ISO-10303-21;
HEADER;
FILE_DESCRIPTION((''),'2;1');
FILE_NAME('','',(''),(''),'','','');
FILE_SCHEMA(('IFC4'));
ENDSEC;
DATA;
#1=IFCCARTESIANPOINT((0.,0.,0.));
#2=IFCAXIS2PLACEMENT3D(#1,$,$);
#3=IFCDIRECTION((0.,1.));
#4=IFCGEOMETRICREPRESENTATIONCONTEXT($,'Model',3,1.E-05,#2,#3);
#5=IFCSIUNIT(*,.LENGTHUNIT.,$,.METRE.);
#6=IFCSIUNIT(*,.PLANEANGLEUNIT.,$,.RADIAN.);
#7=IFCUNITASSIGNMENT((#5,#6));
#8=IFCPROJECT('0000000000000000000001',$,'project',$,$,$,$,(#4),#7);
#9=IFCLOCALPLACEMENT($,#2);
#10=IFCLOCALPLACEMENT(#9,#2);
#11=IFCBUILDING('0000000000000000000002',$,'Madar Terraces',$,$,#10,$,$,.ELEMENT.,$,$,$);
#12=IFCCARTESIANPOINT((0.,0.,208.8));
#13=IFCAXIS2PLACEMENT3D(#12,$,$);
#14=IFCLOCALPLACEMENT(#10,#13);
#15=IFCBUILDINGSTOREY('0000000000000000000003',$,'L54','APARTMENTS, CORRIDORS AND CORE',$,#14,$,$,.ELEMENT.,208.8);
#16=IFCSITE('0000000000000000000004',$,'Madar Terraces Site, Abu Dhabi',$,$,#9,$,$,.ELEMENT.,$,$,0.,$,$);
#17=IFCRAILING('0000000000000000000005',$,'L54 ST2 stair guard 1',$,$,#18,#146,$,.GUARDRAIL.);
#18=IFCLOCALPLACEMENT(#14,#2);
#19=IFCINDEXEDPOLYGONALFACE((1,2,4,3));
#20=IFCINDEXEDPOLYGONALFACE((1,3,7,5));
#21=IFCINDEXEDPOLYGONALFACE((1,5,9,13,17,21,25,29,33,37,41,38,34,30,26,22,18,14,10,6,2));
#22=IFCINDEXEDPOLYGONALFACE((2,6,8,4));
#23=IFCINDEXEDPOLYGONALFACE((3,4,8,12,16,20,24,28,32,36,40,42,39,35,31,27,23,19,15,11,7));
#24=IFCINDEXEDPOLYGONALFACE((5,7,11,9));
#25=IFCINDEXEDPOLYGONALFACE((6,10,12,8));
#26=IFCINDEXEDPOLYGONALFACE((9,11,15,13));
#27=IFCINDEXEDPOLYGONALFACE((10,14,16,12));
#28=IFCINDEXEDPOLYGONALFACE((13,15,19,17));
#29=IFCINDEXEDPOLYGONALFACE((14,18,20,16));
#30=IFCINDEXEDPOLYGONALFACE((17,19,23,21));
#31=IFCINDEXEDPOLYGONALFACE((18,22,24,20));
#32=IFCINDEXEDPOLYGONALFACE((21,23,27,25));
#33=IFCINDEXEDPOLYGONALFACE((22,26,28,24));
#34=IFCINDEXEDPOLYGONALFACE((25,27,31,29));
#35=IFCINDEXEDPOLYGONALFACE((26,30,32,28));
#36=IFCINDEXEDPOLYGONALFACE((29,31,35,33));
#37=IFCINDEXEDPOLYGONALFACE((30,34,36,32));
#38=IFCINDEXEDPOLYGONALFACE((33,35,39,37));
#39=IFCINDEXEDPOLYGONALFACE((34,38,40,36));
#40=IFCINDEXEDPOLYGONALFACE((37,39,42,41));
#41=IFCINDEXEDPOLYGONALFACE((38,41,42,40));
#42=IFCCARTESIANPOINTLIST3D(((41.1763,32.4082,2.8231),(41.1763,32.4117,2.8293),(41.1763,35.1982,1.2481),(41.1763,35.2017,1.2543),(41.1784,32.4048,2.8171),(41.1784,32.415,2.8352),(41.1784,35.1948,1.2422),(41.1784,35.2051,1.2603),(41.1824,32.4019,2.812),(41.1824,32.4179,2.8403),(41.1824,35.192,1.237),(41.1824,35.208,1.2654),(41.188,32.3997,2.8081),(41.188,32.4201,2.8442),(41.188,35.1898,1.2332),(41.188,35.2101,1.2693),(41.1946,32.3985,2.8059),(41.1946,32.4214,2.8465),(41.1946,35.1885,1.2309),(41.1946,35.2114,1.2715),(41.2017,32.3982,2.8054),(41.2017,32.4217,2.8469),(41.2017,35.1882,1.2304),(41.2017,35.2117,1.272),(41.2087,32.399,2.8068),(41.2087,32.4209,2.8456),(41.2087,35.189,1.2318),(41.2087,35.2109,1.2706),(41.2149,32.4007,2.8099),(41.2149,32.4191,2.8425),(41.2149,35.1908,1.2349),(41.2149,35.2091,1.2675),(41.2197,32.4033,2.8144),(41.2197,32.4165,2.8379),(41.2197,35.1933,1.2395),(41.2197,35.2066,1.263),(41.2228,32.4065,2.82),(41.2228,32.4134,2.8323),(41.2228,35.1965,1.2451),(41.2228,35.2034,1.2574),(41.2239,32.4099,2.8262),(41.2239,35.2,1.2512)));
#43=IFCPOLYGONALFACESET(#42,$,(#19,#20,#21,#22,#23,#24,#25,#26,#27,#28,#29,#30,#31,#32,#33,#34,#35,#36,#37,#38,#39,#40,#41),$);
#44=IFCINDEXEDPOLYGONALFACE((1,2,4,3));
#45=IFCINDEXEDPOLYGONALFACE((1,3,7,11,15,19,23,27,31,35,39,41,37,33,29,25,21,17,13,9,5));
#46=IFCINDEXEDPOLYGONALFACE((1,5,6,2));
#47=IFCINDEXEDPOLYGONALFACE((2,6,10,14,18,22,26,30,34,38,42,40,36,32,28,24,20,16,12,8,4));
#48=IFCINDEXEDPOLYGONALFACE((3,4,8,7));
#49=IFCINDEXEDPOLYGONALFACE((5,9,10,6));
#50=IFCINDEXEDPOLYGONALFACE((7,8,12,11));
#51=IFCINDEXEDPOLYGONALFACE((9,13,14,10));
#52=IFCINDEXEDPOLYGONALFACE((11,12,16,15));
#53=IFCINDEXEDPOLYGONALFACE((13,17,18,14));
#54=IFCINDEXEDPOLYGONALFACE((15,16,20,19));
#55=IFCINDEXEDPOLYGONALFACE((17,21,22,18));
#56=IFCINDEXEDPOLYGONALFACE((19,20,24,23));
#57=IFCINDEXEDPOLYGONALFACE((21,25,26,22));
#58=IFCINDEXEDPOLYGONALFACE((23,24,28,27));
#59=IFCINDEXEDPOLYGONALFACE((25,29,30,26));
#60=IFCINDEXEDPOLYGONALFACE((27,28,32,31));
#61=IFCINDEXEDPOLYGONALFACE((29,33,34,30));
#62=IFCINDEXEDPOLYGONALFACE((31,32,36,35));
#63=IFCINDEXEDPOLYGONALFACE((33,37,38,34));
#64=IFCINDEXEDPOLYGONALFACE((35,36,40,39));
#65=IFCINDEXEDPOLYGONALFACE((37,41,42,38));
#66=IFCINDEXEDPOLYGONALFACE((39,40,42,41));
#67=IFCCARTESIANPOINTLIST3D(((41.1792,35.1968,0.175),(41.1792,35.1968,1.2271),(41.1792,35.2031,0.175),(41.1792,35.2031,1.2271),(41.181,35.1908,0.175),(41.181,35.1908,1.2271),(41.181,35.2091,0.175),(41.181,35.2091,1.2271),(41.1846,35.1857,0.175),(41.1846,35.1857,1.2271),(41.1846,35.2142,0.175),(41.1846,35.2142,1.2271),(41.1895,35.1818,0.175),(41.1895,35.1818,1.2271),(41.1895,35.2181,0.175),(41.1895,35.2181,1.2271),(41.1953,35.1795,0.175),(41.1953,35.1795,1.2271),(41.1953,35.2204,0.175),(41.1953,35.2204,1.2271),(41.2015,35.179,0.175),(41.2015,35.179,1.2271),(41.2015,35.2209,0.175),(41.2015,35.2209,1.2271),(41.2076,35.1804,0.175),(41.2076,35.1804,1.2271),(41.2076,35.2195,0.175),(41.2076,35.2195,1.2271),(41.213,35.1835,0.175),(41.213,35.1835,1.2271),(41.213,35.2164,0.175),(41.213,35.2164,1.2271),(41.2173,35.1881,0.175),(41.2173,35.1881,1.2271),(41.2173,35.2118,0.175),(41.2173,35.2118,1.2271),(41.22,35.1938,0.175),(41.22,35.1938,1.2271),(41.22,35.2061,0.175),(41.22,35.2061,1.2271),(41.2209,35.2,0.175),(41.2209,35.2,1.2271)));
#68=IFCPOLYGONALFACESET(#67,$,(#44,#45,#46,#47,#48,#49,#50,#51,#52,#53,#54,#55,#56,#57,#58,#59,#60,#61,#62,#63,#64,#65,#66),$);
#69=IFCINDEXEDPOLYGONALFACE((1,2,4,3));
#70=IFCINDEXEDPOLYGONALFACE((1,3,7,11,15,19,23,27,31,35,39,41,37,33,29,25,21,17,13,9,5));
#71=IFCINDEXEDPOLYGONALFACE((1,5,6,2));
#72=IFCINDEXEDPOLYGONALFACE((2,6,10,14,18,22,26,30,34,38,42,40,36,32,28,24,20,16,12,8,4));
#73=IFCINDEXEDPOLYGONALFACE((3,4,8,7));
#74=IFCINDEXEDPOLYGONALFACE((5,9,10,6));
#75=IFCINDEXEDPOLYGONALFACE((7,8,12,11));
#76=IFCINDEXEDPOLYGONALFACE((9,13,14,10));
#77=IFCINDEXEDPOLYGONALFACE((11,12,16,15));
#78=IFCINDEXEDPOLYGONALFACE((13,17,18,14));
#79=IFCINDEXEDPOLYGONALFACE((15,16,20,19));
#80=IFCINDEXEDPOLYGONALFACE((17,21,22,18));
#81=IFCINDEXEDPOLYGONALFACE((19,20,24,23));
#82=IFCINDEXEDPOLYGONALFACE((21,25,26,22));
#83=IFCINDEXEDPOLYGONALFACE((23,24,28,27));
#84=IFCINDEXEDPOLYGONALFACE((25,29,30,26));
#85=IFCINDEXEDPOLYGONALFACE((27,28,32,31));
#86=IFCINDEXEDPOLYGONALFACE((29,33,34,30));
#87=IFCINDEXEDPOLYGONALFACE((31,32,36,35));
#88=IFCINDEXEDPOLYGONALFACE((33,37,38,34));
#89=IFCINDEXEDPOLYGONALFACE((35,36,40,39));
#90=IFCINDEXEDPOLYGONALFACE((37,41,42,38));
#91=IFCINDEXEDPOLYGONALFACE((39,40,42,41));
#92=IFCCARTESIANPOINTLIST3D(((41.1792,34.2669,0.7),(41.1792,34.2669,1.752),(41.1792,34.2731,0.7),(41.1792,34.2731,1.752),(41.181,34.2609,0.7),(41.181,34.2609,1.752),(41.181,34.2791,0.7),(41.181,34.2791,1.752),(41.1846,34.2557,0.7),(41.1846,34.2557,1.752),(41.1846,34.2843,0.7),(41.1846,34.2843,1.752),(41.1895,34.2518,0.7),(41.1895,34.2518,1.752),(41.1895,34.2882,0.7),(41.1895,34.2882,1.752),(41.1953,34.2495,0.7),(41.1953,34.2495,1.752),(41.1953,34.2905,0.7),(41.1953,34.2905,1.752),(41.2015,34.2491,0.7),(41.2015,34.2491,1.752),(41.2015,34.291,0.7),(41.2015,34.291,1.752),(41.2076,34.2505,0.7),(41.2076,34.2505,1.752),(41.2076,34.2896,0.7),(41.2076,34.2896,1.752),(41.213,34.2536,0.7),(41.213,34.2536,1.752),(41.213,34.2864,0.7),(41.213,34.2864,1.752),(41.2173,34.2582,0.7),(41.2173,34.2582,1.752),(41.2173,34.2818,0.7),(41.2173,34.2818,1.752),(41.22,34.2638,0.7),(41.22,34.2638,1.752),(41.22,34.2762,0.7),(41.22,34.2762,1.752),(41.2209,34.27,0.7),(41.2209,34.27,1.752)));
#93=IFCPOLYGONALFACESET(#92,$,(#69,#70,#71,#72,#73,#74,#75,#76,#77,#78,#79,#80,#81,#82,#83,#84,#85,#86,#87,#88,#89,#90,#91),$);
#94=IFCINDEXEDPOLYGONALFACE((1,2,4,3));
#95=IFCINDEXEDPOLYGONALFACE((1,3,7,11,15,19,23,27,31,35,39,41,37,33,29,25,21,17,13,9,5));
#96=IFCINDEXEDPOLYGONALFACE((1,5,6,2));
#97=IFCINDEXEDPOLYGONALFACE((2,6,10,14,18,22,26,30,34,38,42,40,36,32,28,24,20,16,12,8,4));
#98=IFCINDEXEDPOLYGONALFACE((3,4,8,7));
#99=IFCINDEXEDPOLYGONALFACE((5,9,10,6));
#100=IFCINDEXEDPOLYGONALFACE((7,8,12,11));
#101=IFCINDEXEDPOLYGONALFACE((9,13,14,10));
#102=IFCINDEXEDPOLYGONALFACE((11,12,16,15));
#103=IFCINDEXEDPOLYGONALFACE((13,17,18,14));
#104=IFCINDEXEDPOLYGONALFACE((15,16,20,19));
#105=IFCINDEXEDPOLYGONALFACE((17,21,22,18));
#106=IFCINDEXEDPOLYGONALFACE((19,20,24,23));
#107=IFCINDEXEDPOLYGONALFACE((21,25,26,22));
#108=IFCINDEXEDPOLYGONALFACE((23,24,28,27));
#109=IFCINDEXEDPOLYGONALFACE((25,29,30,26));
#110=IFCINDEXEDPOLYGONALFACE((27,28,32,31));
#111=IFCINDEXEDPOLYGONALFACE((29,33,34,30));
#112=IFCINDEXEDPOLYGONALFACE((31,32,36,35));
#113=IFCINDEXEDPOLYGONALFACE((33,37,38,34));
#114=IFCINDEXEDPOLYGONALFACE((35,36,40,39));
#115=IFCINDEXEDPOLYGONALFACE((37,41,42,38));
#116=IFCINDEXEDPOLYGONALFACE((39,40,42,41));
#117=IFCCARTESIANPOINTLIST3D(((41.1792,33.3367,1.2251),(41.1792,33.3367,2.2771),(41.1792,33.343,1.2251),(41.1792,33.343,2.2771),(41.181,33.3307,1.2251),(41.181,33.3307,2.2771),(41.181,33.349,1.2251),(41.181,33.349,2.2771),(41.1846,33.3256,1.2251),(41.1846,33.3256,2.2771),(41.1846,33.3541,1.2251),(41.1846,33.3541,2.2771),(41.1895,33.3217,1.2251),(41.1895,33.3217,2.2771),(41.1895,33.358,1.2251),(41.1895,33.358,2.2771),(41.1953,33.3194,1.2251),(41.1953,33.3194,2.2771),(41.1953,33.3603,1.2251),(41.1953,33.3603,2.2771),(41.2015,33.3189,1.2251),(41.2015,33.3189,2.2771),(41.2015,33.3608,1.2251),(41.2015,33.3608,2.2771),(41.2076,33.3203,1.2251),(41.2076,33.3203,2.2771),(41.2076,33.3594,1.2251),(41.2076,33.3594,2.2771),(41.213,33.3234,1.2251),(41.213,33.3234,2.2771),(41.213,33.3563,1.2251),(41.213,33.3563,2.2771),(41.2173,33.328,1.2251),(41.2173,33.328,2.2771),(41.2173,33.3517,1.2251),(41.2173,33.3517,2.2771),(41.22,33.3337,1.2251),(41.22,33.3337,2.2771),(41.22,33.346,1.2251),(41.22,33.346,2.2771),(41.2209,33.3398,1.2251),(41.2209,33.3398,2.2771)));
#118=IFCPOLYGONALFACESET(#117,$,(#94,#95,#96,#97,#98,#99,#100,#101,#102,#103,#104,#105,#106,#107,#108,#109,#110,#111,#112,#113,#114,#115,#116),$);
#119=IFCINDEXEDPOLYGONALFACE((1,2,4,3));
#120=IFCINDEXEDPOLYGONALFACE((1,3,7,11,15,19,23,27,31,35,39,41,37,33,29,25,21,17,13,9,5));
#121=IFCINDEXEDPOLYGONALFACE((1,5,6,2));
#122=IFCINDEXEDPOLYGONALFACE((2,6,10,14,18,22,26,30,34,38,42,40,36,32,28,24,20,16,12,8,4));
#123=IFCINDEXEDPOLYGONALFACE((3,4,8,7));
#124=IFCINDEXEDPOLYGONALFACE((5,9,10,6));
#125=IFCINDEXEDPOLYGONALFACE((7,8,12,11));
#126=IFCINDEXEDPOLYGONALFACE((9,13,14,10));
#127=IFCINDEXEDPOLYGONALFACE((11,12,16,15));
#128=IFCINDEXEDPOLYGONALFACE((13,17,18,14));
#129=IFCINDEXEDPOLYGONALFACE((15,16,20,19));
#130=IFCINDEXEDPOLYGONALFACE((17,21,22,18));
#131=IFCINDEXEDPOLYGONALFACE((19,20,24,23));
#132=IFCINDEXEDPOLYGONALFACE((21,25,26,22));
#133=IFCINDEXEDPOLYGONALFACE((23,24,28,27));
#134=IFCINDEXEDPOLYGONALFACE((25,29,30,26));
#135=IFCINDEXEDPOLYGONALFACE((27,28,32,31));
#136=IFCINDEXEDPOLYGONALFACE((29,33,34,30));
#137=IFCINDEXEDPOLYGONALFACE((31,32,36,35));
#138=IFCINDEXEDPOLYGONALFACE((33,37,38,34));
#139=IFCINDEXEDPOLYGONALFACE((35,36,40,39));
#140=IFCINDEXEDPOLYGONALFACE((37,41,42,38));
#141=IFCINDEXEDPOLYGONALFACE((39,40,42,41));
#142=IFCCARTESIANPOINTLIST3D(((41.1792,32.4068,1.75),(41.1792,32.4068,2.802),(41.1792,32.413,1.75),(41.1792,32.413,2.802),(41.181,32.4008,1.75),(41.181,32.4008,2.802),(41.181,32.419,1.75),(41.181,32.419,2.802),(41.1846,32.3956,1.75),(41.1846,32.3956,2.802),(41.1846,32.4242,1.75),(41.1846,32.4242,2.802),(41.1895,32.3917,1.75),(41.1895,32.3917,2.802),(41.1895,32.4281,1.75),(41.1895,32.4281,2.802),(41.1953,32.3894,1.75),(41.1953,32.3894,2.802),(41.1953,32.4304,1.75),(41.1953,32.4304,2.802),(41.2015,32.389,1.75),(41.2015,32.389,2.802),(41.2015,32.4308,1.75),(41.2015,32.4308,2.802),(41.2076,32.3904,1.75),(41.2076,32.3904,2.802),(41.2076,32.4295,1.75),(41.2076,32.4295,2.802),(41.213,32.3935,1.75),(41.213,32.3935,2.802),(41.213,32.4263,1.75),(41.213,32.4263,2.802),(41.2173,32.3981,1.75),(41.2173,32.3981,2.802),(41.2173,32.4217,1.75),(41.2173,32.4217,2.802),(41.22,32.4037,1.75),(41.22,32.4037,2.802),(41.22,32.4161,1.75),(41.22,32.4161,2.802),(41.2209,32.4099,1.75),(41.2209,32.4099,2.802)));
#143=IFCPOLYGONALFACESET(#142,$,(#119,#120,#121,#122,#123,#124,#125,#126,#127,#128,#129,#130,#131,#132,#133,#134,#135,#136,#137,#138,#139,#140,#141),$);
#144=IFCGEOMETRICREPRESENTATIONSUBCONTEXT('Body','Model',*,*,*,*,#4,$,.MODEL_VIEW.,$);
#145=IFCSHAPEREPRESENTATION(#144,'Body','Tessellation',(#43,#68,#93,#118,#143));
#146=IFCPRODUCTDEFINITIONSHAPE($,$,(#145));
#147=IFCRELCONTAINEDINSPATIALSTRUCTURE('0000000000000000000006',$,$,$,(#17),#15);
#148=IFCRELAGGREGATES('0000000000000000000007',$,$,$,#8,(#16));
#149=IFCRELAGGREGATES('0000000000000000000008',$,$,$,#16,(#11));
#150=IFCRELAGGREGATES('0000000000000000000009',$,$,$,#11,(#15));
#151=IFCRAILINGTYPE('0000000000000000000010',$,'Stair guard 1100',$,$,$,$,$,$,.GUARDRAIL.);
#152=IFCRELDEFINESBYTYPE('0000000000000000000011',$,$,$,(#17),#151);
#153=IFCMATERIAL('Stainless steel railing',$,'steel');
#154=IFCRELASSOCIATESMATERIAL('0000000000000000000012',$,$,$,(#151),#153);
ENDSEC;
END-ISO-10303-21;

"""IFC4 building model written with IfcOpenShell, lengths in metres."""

from ifc_helpers import new_model, si_unit, direction, frame, origin, origin_2d, place, context, subcontext, project, spatial, circle, extrude, material, type_object, element, save


model = new_model("IFC4")

# Units and contexts
model_context = context("Model", 3, precision=1e-05, world=origin(), true_north=direction((0.0, 1.0)))
body_context = subcontext(model_context, "Body", "Model", "MODEL_VIEW")
ifc_project = project(units=[si_unit("LENGTHUNIT", "METRE"), si_unit("PLANEANGLEUNIT", "RADIAN")], contexts=[model_context])

# Site, building, storey
site_placement = place(None, origin())
site = spatial("IfcSite", under=ifc_project, at=site_placement, Name="Madar Terraces Site, Abu Dhabi", CompositionType="ELEMENT", RefElevation=0.0)
building_placement = place(site_placement, origin())
building = spatial("IfcBuilding", under=site, at=building_placement, Name="Madar Terraces", CompositionType="ELEMENT")
storey_placement = place(building_placement, frame((0.0, 0.0, 208.8)))
storey = spatial("IfcBuildingStorey", under=building, at=storey_placement, Name="L54", Description="APARTMENTS, CORRIDORS AND CORE", CompositionType="ELEMENT", Elevation=208.8)

# Railing
ifc_material_1 = material(Name="Stainless steel railing", Category="steel")
railing_type_1 = type_object("IfcRailingType", Name="Stair guard 1100", PredefinedType="GUARDRAIL", material=ifc_material_1)
railing_1_placement = place(storey_placement, frame((41.2, 35.2, 0.175)))
element("IfcRailing", 1, at=railing_1_placement, inside=storey, type_object=railing_type_1, Name="L54 ST2 stair guard 1", PredefinedType="GUARDRAIL", context=body_context, shape_type="SweptSolid", body=[
    extrude(circle(Radius=0.0239, at=origin_2d()), frame((0.0, 0.0, 1.0762), z_axis=(0.0, -0.870834, 0.491578), x_axis=(1.0, 0.0, 0.0)), (0.0, 0.0, 1.0), 3.2039),
    extrude(circle(Radius=0.021, at=origin_2d()), origin(), (0.0, 0.0, 1.0), 1.052),
    extrude(circle(Radius=0.021, at=origin_2d()), frame((0.0, -0.9299, 0.5249)), (0.0, 0.0, 1.0), 1.052),
    extrude(circle(Radius=0.021, at=origin_2d()), frame((0.0, -1.8601, 1.05)), (0.0, 0.0, 1.0), 1.052),
    extrude(circle(Radius=0.021, at=origin_2d()), frame((0.0, -2.79, 1.575)), (0.0, 0.0, 1.0), 1.052),
])

save(model, "model.ifc")
